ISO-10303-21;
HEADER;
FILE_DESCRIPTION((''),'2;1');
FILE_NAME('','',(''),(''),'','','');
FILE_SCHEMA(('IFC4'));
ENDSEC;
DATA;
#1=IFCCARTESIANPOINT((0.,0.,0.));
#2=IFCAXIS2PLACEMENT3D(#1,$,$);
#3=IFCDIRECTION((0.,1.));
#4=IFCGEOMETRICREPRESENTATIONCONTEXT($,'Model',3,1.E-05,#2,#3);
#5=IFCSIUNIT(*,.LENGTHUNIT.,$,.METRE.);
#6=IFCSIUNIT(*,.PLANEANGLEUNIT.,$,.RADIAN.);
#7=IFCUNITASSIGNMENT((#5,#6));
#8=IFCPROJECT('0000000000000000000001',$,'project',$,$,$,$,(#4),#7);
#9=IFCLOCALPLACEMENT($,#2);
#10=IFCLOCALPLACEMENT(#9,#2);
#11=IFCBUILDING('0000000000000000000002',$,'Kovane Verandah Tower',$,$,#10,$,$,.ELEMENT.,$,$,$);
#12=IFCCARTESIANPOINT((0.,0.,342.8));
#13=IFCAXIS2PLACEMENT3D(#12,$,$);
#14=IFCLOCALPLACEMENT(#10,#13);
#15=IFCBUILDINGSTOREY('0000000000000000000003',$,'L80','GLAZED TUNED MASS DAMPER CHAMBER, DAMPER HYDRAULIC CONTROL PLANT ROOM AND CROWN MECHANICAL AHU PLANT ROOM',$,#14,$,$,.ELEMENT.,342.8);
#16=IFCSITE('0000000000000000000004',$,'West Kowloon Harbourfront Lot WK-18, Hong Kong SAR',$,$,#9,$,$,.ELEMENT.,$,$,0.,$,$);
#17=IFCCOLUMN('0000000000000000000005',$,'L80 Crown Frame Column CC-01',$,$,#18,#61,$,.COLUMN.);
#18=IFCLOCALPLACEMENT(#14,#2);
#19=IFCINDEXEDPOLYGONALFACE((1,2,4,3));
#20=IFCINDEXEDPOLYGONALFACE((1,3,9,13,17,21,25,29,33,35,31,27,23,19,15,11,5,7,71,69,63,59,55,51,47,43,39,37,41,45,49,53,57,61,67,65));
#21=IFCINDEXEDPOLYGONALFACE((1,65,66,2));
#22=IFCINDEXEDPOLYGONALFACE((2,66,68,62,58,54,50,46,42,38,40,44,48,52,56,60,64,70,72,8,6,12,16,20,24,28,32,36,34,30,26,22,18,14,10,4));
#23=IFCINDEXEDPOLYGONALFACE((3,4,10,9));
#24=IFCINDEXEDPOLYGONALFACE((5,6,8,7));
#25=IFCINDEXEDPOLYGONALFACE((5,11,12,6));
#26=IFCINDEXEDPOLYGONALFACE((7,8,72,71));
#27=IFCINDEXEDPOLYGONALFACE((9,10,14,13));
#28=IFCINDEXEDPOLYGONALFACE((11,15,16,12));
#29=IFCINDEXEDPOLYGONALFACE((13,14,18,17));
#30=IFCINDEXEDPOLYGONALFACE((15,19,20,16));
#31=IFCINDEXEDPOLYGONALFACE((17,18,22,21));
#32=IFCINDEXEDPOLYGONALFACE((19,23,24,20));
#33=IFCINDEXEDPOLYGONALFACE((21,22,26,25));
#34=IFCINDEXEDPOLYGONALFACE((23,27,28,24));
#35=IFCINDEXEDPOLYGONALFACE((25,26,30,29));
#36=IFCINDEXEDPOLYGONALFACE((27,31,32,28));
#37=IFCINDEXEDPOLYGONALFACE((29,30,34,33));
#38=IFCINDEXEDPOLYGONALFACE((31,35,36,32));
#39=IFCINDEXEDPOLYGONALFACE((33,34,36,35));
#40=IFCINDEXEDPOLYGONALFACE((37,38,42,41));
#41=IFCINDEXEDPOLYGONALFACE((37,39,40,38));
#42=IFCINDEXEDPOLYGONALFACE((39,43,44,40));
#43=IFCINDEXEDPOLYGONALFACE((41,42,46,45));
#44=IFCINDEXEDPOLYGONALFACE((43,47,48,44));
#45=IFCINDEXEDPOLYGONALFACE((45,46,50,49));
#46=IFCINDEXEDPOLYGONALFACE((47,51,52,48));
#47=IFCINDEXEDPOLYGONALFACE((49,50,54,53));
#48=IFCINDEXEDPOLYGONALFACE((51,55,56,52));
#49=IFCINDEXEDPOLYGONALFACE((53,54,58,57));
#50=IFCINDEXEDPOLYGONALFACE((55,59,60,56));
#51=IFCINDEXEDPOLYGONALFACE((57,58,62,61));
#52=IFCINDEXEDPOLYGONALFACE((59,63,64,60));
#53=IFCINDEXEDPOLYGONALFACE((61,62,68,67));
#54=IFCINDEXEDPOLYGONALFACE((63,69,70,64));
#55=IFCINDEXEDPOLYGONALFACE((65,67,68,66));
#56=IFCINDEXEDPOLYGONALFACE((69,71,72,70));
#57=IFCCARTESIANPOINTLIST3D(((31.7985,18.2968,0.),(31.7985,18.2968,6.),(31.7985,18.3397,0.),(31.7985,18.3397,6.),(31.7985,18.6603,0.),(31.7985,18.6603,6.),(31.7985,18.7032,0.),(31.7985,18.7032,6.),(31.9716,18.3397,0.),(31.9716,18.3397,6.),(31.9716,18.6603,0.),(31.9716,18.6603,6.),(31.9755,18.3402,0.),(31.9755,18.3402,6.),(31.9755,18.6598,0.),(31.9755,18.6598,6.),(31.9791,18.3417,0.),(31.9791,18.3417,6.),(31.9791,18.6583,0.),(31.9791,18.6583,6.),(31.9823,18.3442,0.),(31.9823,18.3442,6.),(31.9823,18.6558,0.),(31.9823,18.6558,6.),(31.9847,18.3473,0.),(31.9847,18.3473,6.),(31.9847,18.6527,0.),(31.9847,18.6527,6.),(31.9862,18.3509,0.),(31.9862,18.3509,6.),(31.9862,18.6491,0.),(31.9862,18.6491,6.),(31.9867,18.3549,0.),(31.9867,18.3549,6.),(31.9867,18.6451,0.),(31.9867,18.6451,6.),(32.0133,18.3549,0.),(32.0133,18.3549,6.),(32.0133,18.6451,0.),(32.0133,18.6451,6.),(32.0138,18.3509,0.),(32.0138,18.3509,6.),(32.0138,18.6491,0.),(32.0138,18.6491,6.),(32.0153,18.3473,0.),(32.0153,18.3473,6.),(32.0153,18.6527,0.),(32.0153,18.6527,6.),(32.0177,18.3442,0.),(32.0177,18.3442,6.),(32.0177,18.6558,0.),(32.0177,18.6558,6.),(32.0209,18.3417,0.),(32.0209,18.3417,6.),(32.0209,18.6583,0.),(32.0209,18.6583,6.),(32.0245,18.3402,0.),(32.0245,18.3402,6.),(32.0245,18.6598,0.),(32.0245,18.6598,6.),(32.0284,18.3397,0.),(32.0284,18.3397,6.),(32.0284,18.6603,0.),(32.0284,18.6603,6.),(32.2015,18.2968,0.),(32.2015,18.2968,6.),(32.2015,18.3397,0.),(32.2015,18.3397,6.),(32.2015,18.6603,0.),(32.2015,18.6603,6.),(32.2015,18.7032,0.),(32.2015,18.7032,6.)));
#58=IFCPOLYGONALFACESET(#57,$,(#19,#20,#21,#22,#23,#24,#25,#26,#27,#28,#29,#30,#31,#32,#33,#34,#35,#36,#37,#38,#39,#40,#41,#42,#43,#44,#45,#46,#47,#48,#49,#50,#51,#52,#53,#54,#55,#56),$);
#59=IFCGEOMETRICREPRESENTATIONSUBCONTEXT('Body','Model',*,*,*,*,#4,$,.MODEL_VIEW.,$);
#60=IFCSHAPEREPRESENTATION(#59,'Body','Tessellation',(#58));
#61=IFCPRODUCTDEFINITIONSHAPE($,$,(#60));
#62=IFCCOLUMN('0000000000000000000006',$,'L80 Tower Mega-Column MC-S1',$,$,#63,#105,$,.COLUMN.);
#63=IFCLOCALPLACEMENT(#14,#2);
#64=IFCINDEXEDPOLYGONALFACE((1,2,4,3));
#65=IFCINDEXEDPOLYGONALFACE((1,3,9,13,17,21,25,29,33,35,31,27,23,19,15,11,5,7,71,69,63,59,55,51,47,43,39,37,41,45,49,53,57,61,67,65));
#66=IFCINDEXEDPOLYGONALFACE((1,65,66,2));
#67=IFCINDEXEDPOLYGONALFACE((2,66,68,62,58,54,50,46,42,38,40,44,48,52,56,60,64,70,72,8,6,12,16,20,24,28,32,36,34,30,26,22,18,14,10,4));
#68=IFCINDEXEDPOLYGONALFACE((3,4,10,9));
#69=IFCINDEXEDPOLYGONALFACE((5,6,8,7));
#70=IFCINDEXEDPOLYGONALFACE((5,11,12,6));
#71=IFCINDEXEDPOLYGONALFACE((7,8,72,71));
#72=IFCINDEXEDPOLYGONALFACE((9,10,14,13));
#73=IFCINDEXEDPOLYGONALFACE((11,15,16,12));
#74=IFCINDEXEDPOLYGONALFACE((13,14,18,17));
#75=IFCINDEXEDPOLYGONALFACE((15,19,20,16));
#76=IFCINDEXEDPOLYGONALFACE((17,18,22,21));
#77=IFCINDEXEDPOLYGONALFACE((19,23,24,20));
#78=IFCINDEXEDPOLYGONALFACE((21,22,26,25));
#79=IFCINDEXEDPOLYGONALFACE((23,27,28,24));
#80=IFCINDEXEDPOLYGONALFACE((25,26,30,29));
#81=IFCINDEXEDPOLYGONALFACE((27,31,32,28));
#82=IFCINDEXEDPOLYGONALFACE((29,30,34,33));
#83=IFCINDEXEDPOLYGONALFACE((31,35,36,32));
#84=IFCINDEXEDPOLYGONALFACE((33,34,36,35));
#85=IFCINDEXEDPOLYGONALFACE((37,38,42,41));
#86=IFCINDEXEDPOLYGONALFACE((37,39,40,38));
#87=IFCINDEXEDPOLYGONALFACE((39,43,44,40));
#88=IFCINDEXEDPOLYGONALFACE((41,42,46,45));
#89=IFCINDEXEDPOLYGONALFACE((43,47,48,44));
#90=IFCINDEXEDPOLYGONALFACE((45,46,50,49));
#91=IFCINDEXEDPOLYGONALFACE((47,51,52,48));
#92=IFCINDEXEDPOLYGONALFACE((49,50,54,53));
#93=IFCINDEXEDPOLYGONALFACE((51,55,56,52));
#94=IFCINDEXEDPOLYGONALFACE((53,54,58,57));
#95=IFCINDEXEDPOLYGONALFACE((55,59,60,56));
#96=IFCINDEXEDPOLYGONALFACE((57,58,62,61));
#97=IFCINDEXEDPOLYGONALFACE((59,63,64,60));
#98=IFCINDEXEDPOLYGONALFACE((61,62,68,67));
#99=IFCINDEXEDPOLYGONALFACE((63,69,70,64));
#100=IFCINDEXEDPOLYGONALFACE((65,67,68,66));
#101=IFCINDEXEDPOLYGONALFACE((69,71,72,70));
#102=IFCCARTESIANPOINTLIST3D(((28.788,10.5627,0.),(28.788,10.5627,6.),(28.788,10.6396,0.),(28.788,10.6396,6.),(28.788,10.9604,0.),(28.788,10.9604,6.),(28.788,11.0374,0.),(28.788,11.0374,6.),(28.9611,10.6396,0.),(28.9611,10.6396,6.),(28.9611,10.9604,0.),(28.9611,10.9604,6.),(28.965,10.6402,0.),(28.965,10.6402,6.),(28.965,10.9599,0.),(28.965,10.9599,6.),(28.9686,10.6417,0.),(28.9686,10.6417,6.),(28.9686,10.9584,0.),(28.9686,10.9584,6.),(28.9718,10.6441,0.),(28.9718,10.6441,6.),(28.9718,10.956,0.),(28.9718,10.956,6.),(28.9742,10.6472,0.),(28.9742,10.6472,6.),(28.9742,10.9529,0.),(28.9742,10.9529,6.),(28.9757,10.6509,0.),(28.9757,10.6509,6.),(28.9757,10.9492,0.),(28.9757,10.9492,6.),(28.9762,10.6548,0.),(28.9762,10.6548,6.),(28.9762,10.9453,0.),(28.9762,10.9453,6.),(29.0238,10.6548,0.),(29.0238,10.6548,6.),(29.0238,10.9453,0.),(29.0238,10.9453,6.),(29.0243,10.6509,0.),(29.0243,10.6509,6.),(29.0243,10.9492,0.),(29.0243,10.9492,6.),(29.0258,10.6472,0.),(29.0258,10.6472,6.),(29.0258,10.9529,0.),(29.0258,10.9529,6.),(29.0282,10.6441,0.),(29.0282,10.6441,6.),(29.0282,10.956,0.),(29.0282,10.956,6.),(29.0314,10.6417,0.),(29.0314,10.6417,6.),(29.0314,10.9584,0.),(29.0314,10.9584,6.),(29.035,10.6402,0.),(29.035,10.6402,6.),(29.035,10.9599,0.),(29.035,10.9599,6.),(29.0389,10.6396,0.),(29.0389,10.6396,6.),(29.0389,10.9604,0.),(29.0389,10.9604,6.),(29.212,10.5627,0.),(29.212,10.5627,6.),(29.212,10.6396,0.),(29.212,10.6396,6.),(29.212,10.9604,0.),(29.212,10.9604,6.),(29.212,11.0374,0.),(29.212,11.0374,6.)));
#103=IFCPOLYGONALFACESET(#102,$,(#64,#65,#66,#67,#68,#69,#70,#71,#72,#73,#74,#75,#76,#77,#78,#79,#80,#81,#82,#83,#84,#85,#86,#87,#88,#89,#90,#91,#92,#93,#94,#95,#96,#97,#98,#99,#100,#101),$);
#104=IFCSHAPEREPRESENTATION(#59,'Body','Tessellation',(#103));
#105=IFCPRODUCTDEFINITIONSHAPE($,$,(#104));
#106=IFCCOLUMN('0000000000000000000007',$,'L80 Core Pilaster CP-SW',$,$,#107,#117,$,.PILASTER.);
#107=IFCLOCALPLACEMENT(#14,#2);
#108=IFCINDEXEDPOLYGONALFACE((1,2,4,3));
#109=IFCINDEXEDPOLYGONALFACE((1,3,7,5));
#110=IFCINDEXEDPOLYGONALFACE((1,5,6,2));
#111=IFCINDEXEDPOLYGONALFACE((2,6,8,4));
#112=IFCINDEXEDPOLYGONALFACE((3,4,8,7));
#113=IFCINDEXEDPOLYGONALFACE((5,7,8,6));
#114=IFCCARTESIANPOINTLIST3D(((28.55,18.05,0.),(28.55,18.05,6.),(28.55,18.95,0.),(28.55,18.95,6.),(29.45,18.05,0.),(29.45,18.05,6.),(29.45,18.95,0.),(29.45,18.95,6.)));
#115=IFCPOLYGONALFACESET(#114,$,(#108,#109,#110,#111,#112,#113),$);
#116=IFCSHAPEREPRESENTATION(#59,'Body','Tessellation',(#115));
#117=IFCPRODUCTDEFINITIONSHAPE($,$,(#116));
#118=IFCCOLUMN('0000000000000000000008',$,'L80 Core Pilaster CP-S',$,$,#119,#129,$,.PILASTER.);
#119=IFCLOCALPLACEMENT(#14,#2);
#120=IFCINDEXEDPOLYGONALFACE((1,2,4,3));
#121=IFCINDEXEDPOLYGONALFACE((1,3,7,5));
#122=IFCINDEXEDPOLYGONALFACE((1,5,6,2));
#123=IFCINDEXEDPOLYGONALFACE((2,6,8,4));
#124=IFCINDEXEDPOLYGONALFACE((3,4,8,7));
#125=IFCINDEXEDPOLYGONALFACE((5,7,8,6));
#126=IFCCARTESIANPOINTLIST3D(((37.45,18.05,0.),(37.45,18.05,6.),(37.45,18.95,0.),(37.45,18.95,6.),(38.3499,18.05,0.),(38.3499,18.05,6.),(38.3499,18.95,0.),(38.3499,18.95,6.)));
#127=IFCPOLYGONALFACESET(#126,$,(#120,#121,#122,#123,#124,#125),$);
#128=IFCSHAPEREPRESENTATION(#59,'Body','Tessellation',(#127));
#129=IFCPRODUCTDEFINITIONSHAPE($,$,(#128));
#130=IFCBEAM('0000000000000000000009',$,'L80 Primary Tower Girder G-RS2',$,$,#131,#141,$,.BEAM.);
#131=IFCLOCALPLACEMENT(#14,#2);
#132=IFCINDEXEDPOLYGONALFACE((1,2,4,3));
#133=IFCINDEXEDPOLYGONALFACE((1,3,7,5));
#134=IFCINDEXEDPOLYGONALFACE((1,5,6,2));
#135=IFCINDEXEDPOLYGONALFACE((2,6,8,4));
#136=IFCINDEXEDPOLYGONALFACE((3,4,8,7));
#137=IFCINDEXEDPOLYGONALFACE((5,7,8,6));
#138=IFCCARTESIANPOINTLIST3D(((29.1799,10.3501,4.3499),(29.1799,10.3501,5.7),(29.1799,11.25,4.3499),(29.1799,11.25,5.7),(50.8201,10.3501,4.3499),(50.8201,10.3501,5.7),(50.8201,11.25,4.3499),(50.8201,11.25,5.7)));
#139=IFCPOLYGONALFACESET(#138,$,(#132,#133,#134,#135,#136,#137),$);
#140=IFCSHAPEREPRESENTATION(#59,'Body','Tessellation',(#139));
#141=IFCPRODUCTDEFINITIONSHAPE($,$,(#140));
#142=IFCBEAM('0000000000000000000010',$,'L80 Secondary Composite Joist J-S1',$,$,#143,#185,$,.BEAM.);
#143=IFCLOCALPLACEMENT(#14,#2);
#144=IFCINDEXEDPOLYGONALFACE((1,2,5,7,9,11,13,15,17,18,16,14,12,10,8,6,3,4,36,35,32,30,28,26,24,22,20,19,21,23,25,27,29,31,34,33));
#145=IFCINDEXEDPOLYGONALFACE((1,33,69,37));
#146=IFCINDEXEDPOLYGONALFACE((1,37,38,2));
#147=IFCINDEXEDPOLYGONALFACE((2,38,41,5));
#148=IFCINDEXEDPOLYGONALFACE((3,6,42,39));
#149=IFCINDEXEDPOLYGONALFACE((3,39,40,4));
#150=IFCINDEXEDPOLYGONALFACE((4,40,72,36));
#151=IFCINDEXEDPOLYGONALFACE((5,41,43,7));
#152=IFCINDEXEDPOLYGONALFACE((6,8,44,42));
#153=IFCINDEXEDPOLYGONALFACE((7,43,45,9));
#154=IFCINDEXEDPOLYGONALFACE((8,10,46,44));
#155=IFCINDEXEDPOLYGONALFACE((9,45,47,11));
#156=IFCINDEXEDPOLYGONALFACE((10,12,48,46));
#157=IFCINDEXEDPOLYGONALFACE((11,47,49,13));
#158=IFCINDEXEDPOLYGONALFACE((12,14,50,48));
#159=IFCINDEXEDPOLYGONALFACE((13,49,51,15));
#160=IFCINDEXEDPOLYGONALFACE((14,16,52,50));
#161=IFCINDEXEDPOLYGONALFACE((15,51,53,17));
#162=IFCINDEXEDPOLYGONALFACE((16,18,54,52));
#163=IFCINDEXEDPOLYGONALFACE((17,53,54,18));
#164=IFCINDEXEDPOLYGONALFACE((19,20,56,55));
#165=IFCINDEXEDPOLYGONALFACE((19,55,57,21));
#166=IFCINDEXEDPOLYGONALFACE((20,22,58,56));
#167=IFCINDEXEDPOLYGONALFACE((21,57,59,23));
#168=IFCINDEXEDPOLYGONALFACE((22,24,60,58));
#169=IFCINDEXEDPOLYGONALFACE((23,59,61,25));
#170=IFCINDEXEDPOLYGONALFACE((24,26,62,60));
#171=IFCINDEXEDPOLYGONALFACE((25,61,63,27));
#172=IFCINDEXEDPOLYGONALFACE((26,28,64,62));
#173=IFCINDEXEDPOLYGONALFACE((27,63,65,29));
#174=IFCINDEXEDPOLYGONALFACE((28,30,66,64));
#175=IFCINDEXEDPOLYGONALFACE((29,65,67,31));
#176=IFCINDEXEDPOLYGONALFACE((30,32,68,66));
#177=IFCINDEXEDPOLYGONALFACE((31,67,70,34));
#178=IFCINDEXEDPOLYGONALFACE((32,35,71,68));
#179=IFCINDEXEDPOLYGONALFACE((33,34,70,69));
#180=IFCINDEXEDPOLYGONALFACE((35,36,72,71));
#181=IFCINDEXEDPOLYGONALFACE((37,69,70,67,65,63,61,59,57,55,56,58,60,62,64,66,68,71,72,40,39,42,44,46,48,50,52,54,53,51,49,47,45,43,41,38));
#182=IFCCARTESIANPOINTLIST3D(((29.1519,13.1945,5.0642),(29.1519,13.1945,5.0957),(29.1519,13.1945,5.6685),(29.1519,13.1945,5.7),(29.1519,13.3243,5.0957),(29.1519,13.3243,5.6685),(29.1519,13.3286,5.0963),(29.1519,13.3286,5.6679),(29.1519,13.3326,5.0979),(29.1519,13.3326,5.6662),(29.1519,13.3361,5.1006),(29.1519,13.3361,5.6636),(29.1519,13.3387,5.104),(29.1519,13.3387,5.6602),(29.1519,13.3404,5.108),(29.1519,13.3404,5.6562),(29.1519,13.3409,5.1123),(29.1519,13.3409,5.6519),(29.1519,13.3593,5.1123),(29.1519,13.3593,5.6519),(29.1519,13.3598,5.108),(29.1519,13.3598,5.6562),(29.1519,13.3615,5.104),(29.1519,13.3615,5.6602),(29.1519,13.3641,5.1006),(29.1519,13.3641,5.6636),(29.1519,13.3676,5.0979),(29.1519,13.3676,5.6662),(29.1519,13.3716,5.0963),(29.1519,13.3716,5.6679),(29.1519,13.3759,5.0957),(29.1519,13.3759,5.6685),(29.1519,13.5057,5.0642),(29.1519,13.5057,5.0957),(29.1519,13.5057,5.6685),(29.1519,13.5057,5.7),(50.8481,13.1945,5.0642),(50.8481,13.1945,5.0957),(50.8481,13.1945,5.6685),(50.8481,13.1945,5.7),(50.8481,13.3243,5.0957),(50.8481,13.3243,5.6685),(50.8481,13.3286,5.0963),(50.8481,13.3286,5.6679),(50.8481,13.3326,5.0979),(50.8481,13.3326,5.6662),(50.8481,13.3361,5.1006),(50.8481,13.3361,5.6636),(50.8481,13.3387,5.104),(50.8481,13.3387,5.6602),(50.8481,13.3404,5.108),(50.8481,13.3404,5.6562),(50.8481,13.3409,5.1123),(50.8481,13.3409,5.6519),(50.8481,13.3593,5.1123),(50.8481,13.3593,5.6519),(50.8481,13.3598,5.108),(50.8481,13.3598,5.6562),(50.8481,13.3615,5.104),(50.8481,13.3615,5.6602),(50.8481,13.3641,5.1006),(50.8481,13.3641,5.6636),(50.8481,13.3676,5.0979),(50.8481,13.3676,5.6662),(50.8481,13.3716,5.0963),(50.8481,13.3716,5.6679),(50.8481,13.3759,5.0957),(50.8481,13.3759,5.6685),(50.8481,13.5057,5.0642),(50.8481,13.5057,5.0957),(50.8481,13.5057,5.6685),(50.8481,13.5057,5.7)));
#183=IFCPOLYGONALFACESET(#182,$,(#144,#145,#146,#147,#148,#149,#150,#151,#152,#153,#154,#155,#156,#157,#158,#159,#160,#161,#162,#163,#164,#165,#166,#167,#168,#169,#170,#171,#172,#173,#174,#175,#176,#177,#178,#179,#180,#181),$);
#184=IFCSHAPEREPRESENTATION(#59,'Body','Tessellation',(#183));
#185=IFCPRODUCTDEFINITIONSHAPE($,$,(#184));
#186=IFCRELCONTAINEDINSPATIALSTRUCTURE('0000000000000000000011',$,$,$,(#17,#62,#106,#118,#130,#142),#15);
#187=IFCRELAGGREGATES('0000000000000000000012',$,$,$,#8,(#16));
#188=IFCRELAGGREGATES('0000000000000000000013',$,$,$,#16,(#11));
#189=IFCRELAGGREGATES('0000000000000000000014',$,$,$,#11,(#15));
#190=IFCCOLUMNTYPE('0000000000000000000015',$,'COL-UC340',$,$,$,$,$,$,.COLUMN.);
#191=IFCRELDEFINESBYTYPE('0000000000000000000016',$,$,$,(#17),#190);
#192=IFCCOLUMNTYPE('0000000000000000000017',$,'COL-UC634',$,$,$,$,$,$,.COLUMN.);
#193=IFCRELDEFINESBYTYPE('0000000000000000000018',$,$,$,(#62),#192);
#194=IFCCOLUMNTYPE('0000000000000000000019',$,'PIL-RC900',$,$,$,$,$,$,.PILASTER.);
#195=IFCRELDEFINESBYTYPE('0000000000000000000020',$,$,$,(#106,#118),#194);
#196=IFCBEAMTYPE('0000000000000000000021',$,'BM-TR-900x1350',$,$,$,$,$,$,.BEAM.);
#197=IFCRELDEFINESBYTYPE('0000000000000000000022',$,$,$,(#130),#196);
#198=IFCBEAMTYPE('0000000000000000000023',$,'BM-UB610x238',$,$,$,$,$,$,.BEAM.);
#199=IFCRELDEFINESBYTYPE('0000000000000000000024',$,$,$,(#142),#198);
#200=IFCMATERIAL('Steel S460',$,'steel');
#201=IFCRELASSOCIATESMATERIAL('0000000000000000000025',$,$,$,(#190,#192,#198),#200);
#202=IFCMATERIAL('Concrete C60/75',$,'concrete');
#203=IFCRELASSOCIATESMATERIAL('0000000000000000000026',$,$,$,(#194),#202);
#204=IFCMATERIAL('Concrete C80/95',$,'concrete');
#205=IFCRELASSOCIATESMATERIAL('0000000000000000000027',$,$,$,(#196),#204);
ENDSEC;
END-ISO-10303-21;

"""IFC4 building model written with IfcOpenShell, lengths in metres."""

from ifc_helpers import new_model, si_unit, direction, frame, origin, origin_2d, place, context, subcontext, project, spatial, rectangle, i_section, extrude, material, material_profile, profile_set, type_object, element, save


model = new_model("IFC4")

# Units and contexts
model_context = context("Model", 3, precision=1e-05, world=origin(), true_north=direction((0.0, 1.0)))
body_context = subcontext(model_context, "Body", "Model", "MODEL_VIEW")
ifc_project = project(units=[si_unit("LENGTHUNIT", "METRE"), si_unit("PLANEANGLEUNIT", "RADIAN")], contexts=[model_context])

# Site, building, storey
site_placement = place(None, origin())
site = spatial("IfcSite", under=ifc_project, at=site_placement, Name="West Kowloon Harbourfront Lot WK-18, Hong Kong SAR", CompositionType="ELEMENT", RefElevation=0.0)
building_placement = place(site_placement, origin())
building = spatial("IfcBuilding", under=site, at=building_placement, Name="Kovane Verandah Tower", CompositionType="ELEMENT")
storey_placement = place(building_placement, frame((0.0, 0.0, 342.8)))
storey = spatial("IfcBuildingStorey", under=building, at=storey_placement, Name="L80", Description="GLAZED TUNED MASS DAMPER CHAMBER, DAMPER HYDRAULIC CONTROL PLANT ROOM AND CROWN MECHANICAL AHU PLANT ROOM", CompositionType="ELEMENT", Elevation=342.8)

# Columns
ifc_material_1 = material(Name="Steel S460", Category="steel")
ifc_material_profile_1 = material_profile(ifc_material_1, i_section(OverallWidth=0.4031, OverallDepth=0.4065, WebThickness=0.0266, FlangeThickness=0.043, FilletRadius=0.0151, at=origin_2d()), Name="UC356x406x340")
ifc_profile_set_1 = profile_set([ifc_material_profile_1], Name="Steel S460")
column_type_1 = type_object("IfcColumnType", Name="COL-UC340", PredefinedType="COLUMN", material=ifc_profile_set_1)
column_1_placement = place(storey_placement, frame((32.0, 18.5, 0.0), z_axis=(0.0, 0.0, 1.0), x_axis=(1.0, 0.0, 0.0)))
element("IfcColumn", 1, at=column_1_placement, inside=storey, type_object=column_type_1, Name="L80 Crown Frame Column CC-01", PredefinedType="COLUMN", context=body_context, shape_type="SweptSolid", body=[
    extrude(i_section(OverallWidth=0.4031, OverallDepth=0.4065, WebThickness=0.0266, FlangeThickness=0.043, FilletRadius=0.0151, at=origin_2d()), origin(), (0.0, 0.0, 1.0), 6.0),
])
ifc_material_profile_2 = material_profile(ifc_material_1, i_section(OverallWidth=0.4241, OverallDepth=0.4746, WebThickness=0.0476, FlangeThickness=0.0769, FilletRadius=0.0151, at=origin_2d()), Name="UC356x406x634")
ifc_profile_set_2 = profile_set([ifc_material_profile_2], Name="Steel S460")
column_type_2 = type_object("IfcColumnType", Name="COL-UC634", PredefinedType="COLUMN", material=ifc_profile_set_2)
column_2_placement = place(storey_placement, frame((29.0, 10.8, 0.0), z_axis=(0.0, 0.0, 1.0), x_axis=(1.0, 0.0, 0.0)))
element("IfcColumn", 2, at=column_2_placement, inside=storey, type_object=column_type_2, Name="L80 Tower Mega-Column MC-S1", PredefinedType="COLUMN", context=body_context, shape_type="SweptSolid", body=[
    extrude(i_section(OverallWidth=0.4241, OverallDepth=0.4746, WebThickness=0.0476, FlangeThickness=0.0769, FilletRadius=0.0151, at=origin_2d()), origin(), (0.0, 0.0, 1.0), 6.0),
])
ifc_material_2 = material(Name="Concrete C60/75", Category="concrete")
ifc_material_profile_3 = material_profile(ifc_material_2, rectangle(XDim=0.8999, YDim=0.8999, at=origin_2d()), Name="RC900x900")
ifc_profile_set_3 = profile_set([ifc_material_profile_3], Name="Concrete C60/75")
column_type_3 = type_object("IfcColumnType", Name="PIL-RC900", PredefinedType="PILASTER", material=ifc_profile_set_3)
for number, where, z_axis, x_axis, name in (
    (3, (29.0, 18.5, 0.0), (0.0, 0.0, 1.0), (1.0, 0.0, 0.0), "L80 Core Pilaster CP-SW"),
    (4, (37.8999, 18.5, 0.0), (0.0, 0.0, 1.0), (1.0, 0.0, 0.0), "L80 Core Pilaster CP-S"),
):
    element("IfcColumn", number, at=place(storey_placement, frame(where, z_axis=z_axis, x_axis=x_axis)), inside=storey, type_object=column_type_3, Name=name, PredefinedType="PILASTER", context=body_context, shape_type="SweptSolid", body=[
        extrude(rectangle(XDim=0.8999, YDim=0.8999, at=origin_2d()), origin(), (0.0, 0.0, 1.0), 6.0),
    ])

# Beams
ifc_material_3 = material(Name="Concrete C80/95", Category="concrete")
ifc_material_profile_4 = material_profile(ifc_material_3, rectangle(XDim=0.8999, YDim=1.3501, at=origin_2d()), Name="RCB900x1350")
ifc_profile_set_4 = profile_set([ifc_material_profile_4], Name="Concrete C80/95")
beam_type_1 = type_object("IfcBeamType", Name="BM-TR-900x1350", PredefinedType="BEAM", material=ifc_profile_set_4)
beam_1_placement = place(storey_placement, frame((29.1799, 10.8, 5.0249), z_axis=(1.0, 0.0, 0.0), x_axis=(0.0, 1.0, 0.0)))
element("IfcBeam", 5, at=beam_1_placement, inside=storey, type_object=beam_type_1, Name="L80 Primary Tower Girder G-RS2", PredefinedType="BEAM", context=body_context, shape_type="SweptSolid", body=[
    extrude(rectangle(XDim=0.8999, YDim=1.3501, at=origin_2d()), origin(), (0.0, 0.0, 1.0), 21.6401),
])
ifc_material_profile_5 = material_profile(ifc_material_1, i_section(OverallWidth=0.3113, OverallDepth=0.6357, WebThickness=0.0183, FlangeThickness=0.0315, FilletRadius=0.0166, at=origin_2d()), Name="UB610x305x238")
ifc_profile_set_5 = profile_set([ifc_material_profile_5], Name="Steel S460")
beam_type_2 = type_object("IfcBeamType", Name="BM-UB610x238", PredefinedType="BEAM", material=ifc_profile_set_5)
for number, where, z_axis, x_axis, name in (
    (6, (29.1519, 13.3501, 5.3821), (1.0, 0.0, 0.0), (0.0, 1.0, 0.0), "L80 Secondary Composite Joist J-S1"),
):
    element("IfcBeam", number, at=place(storey_placement, frame(where, z_axis=z_axis, x_axis=x_axis)), inside=storey, type_object=beam_type_2, Name=name, PredefinedType="BEAM", context=body_context, shape_type="SweptSolid", body=[
        extrude(i_section(OverallWidth=0.3113, OverallDepth=0.6357, WebThickness=0.0183, FlangeThickness=0.0315, FilletRadius=0.0166, at=origin_2d()), origin(), (0.0, 0.0, 1.0), 21.6963),
    ])

save(model, "model.ifc")
